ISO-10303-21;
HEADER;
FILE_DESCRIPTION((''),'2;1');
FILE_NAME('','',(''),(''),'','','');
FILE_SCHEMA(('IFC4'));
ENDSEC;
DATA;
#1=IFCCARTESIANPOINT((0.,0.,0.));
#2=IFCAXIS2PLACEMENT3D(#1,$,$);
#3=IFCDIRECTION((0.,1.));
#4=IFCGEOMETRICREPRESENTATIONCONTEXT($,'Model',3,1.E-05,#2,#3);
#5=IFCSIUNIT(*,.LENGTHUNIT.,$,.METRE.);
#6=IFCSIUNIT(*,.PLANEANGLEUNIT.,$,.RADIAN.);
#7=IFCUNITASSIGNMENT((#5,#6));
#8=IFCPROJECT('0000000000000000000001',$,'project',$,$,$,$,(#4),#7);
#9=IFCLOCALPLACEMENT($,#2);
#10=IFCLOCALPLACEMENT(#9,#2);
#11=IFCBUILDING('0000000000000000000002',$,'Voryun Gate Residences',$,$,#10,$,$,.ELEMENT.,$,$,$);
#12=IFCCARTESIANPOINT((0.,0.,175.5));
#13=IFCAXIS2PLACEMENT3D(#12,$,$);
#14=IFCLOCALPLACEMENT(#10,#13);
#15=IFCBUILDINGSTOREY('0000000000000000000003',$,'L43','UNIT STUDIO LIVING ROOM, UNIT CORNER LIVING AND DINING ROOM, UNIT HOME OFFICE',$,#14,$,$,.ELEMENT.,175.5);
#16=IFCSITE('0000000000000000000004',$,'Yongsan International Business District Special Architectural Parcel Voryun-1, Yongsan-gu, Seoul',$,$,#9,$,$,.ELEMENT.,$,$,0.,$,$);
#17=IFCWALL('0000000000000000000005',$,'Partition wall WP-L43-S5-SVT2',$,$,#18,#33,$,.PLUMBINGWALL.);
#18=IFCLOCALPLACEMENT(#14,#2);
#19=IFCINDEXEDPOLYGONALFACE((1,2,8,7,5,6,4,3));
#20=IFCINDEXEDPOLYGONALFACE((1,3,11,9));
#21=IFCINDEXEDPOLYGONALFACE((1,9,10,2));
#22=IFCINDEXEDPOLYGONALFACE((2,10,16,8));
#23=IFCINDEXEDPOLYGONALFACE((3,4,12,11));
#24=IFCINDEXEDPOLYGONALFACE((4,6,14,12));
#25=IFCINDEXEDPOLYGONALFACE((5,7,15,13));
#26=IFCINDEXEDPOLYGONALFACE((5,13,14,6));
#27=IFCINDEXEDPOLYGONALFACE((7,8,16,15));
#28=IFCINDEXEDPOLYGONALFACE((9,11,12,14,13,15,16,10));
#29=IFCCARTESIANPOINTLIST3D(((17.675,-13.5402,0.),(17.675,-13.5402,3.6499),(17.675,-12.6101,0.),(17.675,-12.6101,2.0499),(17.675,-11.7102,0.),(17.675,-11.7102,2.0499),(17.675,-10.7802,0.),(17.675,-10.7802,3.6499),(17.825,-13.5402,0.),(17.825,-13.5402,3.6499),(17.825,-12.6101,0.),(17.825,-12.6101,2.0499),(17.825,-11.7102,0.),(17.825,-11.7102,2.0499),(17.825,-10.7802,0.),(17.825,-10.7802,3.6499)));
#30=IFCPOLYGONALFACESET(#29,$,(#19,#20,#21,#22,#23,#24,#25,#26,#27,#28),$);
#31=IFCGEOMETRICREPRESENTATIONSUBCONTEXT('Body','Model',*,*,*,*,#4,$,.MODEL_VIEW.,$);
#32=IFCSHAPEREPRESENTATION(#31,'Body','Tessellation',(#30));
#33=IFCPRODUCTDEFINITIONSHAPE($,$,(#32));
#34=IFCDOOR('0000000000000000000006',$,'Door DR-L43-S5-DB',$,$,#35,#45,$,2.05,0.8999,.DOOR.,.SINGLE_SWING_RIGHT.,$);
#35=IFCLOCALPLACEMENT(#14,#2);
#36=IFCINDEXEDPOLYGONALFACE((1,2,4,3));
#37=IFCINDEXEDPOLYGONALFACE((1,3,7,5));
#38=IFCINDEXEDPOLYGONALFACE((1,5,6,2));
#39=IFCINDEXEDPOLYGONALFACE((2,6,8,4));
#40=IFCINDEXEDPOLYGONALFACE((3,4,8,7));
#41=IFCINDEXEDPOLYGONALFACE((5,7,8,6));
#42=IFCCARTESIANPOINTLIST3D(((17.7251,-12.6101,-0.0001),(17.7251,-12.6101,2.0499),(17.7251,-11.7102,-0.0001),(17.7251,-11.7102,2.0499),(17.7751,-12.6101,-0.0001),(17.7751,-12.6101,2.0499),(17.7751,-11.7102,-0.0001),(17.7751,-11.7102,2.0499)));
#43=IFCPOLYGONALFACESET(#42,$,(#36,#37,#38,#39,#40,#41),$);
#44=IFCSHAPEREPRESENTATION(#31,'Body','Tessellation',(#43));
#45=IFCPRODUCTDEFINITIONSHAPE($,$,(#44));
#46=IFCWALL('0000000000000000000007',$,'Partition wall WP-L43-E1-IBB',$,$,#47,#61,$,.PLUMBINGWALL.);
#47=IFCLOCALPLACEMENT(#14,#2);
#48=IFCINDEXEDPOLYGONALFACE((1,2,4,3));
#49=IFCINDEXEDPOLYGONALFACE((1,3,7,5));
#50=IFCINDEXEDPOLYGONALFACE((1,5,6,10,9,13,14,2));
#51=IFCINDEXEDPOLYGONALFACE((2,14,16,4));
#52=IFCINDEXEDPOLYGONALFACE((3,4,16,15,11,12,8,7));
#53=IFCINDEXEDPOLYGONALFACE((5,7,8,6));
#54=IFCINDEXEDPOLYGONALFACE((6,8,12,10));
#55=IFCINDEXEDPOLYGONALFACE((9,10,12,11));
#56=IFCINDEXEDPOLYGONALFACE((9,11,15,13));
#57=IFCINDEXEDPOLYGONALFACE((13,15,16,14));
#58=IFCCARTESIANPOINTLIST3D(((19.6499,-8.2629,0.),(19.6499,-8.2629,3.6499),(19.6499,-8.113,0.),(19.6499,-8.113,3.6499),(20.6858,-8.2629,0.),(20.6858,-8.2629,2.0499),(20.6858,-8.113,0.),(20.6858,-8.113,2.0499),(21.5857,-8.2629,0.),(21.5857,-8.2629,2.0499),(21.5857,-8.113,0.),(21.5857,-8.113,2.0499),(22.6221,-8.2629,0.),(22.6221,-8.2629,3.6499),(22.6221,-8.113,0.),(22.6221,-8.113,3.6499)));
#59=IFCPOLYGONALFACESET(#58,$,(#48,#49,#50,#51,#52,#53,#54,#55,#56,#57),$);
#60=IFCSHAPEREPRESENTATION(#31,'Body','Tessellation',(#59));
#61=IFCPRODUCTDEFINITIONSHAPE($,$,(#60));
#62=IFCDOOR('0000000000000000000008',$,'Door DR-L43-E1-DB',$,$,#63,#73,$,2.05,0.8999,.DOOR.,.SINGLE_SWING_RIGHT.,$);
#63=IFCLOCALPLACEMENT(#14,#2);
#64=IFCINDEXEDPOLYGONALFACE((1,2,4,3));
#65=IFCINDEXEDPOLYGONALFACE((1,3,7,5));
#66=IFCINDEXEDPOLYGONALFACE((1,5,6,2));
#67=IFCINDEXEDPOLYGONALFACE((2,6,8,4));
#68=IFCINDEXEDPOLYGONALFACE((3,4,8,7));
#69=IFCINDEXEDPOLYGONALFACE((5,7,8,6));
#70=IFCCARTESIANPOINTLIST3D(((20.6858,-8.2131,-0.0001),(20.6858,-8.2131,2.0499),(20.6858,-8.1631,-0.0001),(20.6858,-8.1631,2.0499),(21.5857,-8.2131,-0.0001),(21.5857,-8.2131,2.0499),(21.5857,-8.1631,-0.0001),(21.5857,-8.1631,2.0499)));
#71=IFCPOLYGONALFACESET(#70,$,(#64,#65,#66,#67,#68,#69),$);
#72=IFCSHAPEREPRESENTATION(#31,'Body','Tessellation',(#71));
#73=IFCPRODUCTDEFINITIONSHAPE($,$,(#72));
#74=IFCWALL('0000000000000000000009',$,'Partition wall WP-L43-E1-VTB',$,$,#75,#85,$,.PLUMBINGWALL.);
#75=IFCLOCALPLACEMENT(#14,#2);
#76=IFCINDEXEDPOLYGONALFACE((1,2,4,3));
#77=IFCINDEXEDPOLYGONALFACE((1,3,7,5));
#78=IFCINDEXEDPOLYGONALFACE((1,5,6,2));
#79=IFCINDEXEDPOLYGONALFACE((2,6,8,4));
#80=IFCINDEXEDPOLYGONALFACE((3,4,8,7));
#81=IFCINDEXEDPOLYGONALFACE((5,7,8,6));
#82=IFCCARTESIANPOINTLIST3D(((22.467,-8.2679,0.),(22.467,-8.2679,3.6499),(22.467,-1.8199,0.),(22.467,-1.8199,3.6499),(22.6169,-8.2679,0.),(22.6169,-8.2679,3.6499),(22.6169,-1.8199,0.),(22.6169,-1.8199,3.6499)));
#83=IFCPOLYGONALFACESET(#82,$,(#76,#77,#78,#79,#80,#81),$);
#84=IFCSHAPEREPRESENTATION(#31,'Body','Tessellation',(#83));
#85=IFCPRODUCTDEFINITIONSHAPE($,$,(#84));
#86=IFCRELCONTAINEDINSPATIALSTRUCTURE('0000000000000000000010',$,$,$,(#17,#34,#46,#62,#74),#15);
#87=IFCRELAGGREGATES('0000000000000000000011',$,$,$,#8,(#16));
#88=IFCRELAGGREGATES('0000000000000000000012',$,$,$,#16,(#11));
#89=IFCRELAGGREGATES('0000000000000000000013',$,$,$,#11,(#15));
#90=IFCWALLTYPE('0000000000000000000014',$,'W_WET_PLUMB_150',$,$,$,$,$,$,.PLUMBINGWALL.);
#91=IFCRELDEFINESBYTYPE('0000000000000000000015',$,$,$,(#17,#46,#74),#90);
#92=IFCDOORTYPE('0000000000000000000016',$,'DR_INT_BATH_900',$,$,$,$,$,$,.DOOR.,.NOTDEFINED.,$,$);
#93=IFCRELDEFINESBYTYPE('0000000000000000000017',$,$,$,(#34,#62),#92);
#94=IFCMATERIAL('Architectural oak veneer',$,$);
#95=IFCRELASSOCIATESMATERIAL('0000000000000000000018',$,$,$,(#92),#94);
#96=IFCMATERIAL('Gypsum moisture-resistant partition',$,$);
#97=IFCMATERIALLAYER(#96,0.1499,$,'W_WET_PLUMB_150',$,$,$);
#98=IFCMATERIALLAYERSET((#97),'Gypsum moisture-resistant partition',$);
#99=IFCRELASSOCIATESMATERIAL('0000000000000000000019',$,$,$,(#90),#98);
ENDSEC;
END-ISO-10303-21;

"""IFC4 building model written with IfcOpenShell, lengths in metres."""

from ifc_helpers import new_model, si_unit, direction, frame, frame_2d, origin, place, context, subcontext, project, spatial, rectangle, extrude, material, layer, layer_set, type_object, element, fill, save


model = new_model("IFC4")

# Units and contexts
model_context = context("Model", 3, precision=1e-05, world=origin(), true_north=direction((0.0, 1.0)))
body_context = subcontext(model_context, "Body", "Model", "MODEL_VIEW")
ifc_project = project(units=[si_unit("LENGTHUNIT", "METRE"), si_unit("PLANEANGLEUNIT", "RADIAN")], contexts=[model_context])

# Site, building, storey
site_placement = place(None, origin())
site = spatial("IfcSite", under=ifc_project, at=site_placement, Name="Yongsan International Business District Special Architectural Parcel Voryun-1, Yongsan-gu, Seoul", CompositionType="ELEMENT", RefElevation=0.0)
building_placement = place(site_placement, origin())
building = spatial("IfcBuilding", under=site, at=building_placement, Name="Voryun Gate Residences", CompositionType="ELEMENT")
storey_placement = place(building_placement, frame((0.0, 0.0, 175.5)))
storey = spatial("IfcBuildingStorey", under=building, at=storey_placement, Name="L43", Description="UNIT STUDIO LIVING ROOM, UNIT CORNER LIVING AND DINING ROOM, UNIT HOME OFFICE", CompositionType="ELEMENT", Elevation=175.5)

# Shared definitions
ifc_material_1 = material(Name="Architectural oak veneer")
door_type_1 = type_object("IfcDoorType", Name="DR_INT_BATH_900", OperationType="NOTDEFINED", PredefinedType="DOOR", material=ifc_material_1)

# Shared definitions
ifc_material_2 = material(Name="Gypsum moisture-resistant partition")
ifc_layer_1 = layer(ifc_material_2, 0.1499, Name="W_WET_PLUMB_150")
ifc_layer_set_1 = layer_set([ifc_layer_1], Name="Gypsum moisture-resistant partition")
wall_type_1 = type_object("IfcWallType", Name="W_WET_PLUMB_150", PredefinedType="PLUMBINGWALL", material=ifc_layer_set_1)

# Walls, openings, doors
wall_1_placement = place(storey_placement, frame((17.75, -13.54, 0.0), z_axis=(0.0, 0.0, 1.0), x_axis=(0.0, 1.0, 0.0)))
wall_1 = element("IfcWall", 1, at=wall_1_placement, inside=storey, type_object=wall_type_1, Name="Partition wall WP-L43-S5-SVT2", PredefinedType="PLUMBINGWALL", context=body_context, shape_type="SweptSolid", body=[
    extrude(rectangle(XDim=2.76, YDim=0.1499, at=frame_2d((1.3799, 0.0))), origin(), (0.0, 0.0, 1.0), 3.6499),
])
opening_1_placement = place(wall_1_placement, frame((0.9299, 0.0, 0.0)))
opening_1 = element("IfcOpeningElement", 2, at=opening_1_placement, cuts=wall_1, PredefinedType="OPENING", context=body_context, shape_type="SweptSolid", body=[
    extrude(rectangle(XDim=0.8999, YDim=2.05, at=frame_2d((0.45, 1.0249))), frame((0.0, 0.085, 0.0), z_axis=(0.0, -1.0, 0.0), x_axis=(1.0, 0.0, 0.0)), (0.0, 0.0, 1.0), 0.1699),
])
door_1_placement = place(opening_1_placement, origin())
door_1 = element("IfcDoor", 3, at=door_1_placement, inside=storey, type_object=door_type_1, Name="Door DR-L43-S5-DB", OperationType="SINGLE_SWING_RIGHT", OverallHeight=2.05, OverallWidth=0.8999, PredefinedType="DOOR", context=body_context, shape_type="SweptSolid", body=[
    extrude(rectangle(XDim=0.8999, YDim=2.05, at=frame_2d((0.45, 1.0249))), frame((0.0, 0.0249, 0.0), z_axis=(0.0, -1.0, 0.0), x_axis=(1.0, 0.0, 0.0)), (0.0, 0.0, 1.0), 0.05),
])
fill(opening_1, door_1)
wall_2_placement = place(storey_placement, frame((19.6499, -8.188, 0.0), z_axis=(0.0, 0.0, 1.0), x_axis=(1.0, 0.0, 0.0)))
wall_2 = element("IfcWall", 4, at=wall_2_placement, inside=storey, type_object=wall_type_1, Name="Partition wall WP-L43-E1-IBB", PredefinedType="PLUMBINGWALL", context=body_context, shape_type="SweptSolid", body=[
    extrude(rectangle(XDim=2.9722, YDim=0.1499, at=frame_2d((1.4861, 0.0))), origin(), (0.0, 0.0, 1.0), 3.6499),
])
opening_2_placement = place(wall_2_placement, frame((1.0359, 0.0, 0.0)))
opening_2 = element("IfcOpeningElement", 5, at=opening_2_placement, cuts=wall_2, PredefinedType="OPENING", context=body_context, shape_type="SweptSolid", body=[
    extrude(rectangle(XDim=0.8999, YDim=2.05, at=frame_2d((0.45, 1.0249))), frame((0.0, 0.085, 0.0), z_axis=(0.0, -1.0, 0.0), x_axis=(1.0, 0.0, 0.0)), (0.0, 0.0, 1.0), 0.1699),
])
door_2_placement = place(opening_2_placement, origin())
door_2 = element("IfcDoor", 6, at=door_2_placement, inside=storey, type_object=door_type_1, Name="Door DR-L43-E1-DB", OperationType="SINGLE_SWING_RIGHT", OverallHeight=2.05, OverallWidth=0.8999, PredefinedType="DOOR", context=body_context, shape_type="SweptSolid", body=[
    extrude(rectangle(XDim=0.8999, YDim=2.05, at=frame_2d((0.45, 1.0249))), frame((0.0, 0.0249, 0.0), z_axis=(0.0, -1.0, 0.0), x_axis=(1.0, 0.0, 0.0)), (0.0, 0.0, 1.0), 0.05),
])
fill(opening_2, door_2)

# Wall
wall_3_placement = place(storey_placement, frame((22.542, -8.2681, 0.0), z_axis=(0.0, 0.0, 1.0), x_axis=(0.0, 1.0, 0.0)))
element("IfcWall", 7, at=wall_3_placement, inside=storey, type_object=wall_type_1, Name="Partition wall WP-L43-E1-VTB", PredefinedType="PLUMBINGWALL", context=body_context, shape_type="SweptSolid", body=[
    extrude(rectangle(XDim=6.448, YDim=0.1499, at=frame_2d((3.2241, 0.0))), origin(), (0.0, 0.0, 1.0), 3.6499),
])

save(model, "model.ifc")
